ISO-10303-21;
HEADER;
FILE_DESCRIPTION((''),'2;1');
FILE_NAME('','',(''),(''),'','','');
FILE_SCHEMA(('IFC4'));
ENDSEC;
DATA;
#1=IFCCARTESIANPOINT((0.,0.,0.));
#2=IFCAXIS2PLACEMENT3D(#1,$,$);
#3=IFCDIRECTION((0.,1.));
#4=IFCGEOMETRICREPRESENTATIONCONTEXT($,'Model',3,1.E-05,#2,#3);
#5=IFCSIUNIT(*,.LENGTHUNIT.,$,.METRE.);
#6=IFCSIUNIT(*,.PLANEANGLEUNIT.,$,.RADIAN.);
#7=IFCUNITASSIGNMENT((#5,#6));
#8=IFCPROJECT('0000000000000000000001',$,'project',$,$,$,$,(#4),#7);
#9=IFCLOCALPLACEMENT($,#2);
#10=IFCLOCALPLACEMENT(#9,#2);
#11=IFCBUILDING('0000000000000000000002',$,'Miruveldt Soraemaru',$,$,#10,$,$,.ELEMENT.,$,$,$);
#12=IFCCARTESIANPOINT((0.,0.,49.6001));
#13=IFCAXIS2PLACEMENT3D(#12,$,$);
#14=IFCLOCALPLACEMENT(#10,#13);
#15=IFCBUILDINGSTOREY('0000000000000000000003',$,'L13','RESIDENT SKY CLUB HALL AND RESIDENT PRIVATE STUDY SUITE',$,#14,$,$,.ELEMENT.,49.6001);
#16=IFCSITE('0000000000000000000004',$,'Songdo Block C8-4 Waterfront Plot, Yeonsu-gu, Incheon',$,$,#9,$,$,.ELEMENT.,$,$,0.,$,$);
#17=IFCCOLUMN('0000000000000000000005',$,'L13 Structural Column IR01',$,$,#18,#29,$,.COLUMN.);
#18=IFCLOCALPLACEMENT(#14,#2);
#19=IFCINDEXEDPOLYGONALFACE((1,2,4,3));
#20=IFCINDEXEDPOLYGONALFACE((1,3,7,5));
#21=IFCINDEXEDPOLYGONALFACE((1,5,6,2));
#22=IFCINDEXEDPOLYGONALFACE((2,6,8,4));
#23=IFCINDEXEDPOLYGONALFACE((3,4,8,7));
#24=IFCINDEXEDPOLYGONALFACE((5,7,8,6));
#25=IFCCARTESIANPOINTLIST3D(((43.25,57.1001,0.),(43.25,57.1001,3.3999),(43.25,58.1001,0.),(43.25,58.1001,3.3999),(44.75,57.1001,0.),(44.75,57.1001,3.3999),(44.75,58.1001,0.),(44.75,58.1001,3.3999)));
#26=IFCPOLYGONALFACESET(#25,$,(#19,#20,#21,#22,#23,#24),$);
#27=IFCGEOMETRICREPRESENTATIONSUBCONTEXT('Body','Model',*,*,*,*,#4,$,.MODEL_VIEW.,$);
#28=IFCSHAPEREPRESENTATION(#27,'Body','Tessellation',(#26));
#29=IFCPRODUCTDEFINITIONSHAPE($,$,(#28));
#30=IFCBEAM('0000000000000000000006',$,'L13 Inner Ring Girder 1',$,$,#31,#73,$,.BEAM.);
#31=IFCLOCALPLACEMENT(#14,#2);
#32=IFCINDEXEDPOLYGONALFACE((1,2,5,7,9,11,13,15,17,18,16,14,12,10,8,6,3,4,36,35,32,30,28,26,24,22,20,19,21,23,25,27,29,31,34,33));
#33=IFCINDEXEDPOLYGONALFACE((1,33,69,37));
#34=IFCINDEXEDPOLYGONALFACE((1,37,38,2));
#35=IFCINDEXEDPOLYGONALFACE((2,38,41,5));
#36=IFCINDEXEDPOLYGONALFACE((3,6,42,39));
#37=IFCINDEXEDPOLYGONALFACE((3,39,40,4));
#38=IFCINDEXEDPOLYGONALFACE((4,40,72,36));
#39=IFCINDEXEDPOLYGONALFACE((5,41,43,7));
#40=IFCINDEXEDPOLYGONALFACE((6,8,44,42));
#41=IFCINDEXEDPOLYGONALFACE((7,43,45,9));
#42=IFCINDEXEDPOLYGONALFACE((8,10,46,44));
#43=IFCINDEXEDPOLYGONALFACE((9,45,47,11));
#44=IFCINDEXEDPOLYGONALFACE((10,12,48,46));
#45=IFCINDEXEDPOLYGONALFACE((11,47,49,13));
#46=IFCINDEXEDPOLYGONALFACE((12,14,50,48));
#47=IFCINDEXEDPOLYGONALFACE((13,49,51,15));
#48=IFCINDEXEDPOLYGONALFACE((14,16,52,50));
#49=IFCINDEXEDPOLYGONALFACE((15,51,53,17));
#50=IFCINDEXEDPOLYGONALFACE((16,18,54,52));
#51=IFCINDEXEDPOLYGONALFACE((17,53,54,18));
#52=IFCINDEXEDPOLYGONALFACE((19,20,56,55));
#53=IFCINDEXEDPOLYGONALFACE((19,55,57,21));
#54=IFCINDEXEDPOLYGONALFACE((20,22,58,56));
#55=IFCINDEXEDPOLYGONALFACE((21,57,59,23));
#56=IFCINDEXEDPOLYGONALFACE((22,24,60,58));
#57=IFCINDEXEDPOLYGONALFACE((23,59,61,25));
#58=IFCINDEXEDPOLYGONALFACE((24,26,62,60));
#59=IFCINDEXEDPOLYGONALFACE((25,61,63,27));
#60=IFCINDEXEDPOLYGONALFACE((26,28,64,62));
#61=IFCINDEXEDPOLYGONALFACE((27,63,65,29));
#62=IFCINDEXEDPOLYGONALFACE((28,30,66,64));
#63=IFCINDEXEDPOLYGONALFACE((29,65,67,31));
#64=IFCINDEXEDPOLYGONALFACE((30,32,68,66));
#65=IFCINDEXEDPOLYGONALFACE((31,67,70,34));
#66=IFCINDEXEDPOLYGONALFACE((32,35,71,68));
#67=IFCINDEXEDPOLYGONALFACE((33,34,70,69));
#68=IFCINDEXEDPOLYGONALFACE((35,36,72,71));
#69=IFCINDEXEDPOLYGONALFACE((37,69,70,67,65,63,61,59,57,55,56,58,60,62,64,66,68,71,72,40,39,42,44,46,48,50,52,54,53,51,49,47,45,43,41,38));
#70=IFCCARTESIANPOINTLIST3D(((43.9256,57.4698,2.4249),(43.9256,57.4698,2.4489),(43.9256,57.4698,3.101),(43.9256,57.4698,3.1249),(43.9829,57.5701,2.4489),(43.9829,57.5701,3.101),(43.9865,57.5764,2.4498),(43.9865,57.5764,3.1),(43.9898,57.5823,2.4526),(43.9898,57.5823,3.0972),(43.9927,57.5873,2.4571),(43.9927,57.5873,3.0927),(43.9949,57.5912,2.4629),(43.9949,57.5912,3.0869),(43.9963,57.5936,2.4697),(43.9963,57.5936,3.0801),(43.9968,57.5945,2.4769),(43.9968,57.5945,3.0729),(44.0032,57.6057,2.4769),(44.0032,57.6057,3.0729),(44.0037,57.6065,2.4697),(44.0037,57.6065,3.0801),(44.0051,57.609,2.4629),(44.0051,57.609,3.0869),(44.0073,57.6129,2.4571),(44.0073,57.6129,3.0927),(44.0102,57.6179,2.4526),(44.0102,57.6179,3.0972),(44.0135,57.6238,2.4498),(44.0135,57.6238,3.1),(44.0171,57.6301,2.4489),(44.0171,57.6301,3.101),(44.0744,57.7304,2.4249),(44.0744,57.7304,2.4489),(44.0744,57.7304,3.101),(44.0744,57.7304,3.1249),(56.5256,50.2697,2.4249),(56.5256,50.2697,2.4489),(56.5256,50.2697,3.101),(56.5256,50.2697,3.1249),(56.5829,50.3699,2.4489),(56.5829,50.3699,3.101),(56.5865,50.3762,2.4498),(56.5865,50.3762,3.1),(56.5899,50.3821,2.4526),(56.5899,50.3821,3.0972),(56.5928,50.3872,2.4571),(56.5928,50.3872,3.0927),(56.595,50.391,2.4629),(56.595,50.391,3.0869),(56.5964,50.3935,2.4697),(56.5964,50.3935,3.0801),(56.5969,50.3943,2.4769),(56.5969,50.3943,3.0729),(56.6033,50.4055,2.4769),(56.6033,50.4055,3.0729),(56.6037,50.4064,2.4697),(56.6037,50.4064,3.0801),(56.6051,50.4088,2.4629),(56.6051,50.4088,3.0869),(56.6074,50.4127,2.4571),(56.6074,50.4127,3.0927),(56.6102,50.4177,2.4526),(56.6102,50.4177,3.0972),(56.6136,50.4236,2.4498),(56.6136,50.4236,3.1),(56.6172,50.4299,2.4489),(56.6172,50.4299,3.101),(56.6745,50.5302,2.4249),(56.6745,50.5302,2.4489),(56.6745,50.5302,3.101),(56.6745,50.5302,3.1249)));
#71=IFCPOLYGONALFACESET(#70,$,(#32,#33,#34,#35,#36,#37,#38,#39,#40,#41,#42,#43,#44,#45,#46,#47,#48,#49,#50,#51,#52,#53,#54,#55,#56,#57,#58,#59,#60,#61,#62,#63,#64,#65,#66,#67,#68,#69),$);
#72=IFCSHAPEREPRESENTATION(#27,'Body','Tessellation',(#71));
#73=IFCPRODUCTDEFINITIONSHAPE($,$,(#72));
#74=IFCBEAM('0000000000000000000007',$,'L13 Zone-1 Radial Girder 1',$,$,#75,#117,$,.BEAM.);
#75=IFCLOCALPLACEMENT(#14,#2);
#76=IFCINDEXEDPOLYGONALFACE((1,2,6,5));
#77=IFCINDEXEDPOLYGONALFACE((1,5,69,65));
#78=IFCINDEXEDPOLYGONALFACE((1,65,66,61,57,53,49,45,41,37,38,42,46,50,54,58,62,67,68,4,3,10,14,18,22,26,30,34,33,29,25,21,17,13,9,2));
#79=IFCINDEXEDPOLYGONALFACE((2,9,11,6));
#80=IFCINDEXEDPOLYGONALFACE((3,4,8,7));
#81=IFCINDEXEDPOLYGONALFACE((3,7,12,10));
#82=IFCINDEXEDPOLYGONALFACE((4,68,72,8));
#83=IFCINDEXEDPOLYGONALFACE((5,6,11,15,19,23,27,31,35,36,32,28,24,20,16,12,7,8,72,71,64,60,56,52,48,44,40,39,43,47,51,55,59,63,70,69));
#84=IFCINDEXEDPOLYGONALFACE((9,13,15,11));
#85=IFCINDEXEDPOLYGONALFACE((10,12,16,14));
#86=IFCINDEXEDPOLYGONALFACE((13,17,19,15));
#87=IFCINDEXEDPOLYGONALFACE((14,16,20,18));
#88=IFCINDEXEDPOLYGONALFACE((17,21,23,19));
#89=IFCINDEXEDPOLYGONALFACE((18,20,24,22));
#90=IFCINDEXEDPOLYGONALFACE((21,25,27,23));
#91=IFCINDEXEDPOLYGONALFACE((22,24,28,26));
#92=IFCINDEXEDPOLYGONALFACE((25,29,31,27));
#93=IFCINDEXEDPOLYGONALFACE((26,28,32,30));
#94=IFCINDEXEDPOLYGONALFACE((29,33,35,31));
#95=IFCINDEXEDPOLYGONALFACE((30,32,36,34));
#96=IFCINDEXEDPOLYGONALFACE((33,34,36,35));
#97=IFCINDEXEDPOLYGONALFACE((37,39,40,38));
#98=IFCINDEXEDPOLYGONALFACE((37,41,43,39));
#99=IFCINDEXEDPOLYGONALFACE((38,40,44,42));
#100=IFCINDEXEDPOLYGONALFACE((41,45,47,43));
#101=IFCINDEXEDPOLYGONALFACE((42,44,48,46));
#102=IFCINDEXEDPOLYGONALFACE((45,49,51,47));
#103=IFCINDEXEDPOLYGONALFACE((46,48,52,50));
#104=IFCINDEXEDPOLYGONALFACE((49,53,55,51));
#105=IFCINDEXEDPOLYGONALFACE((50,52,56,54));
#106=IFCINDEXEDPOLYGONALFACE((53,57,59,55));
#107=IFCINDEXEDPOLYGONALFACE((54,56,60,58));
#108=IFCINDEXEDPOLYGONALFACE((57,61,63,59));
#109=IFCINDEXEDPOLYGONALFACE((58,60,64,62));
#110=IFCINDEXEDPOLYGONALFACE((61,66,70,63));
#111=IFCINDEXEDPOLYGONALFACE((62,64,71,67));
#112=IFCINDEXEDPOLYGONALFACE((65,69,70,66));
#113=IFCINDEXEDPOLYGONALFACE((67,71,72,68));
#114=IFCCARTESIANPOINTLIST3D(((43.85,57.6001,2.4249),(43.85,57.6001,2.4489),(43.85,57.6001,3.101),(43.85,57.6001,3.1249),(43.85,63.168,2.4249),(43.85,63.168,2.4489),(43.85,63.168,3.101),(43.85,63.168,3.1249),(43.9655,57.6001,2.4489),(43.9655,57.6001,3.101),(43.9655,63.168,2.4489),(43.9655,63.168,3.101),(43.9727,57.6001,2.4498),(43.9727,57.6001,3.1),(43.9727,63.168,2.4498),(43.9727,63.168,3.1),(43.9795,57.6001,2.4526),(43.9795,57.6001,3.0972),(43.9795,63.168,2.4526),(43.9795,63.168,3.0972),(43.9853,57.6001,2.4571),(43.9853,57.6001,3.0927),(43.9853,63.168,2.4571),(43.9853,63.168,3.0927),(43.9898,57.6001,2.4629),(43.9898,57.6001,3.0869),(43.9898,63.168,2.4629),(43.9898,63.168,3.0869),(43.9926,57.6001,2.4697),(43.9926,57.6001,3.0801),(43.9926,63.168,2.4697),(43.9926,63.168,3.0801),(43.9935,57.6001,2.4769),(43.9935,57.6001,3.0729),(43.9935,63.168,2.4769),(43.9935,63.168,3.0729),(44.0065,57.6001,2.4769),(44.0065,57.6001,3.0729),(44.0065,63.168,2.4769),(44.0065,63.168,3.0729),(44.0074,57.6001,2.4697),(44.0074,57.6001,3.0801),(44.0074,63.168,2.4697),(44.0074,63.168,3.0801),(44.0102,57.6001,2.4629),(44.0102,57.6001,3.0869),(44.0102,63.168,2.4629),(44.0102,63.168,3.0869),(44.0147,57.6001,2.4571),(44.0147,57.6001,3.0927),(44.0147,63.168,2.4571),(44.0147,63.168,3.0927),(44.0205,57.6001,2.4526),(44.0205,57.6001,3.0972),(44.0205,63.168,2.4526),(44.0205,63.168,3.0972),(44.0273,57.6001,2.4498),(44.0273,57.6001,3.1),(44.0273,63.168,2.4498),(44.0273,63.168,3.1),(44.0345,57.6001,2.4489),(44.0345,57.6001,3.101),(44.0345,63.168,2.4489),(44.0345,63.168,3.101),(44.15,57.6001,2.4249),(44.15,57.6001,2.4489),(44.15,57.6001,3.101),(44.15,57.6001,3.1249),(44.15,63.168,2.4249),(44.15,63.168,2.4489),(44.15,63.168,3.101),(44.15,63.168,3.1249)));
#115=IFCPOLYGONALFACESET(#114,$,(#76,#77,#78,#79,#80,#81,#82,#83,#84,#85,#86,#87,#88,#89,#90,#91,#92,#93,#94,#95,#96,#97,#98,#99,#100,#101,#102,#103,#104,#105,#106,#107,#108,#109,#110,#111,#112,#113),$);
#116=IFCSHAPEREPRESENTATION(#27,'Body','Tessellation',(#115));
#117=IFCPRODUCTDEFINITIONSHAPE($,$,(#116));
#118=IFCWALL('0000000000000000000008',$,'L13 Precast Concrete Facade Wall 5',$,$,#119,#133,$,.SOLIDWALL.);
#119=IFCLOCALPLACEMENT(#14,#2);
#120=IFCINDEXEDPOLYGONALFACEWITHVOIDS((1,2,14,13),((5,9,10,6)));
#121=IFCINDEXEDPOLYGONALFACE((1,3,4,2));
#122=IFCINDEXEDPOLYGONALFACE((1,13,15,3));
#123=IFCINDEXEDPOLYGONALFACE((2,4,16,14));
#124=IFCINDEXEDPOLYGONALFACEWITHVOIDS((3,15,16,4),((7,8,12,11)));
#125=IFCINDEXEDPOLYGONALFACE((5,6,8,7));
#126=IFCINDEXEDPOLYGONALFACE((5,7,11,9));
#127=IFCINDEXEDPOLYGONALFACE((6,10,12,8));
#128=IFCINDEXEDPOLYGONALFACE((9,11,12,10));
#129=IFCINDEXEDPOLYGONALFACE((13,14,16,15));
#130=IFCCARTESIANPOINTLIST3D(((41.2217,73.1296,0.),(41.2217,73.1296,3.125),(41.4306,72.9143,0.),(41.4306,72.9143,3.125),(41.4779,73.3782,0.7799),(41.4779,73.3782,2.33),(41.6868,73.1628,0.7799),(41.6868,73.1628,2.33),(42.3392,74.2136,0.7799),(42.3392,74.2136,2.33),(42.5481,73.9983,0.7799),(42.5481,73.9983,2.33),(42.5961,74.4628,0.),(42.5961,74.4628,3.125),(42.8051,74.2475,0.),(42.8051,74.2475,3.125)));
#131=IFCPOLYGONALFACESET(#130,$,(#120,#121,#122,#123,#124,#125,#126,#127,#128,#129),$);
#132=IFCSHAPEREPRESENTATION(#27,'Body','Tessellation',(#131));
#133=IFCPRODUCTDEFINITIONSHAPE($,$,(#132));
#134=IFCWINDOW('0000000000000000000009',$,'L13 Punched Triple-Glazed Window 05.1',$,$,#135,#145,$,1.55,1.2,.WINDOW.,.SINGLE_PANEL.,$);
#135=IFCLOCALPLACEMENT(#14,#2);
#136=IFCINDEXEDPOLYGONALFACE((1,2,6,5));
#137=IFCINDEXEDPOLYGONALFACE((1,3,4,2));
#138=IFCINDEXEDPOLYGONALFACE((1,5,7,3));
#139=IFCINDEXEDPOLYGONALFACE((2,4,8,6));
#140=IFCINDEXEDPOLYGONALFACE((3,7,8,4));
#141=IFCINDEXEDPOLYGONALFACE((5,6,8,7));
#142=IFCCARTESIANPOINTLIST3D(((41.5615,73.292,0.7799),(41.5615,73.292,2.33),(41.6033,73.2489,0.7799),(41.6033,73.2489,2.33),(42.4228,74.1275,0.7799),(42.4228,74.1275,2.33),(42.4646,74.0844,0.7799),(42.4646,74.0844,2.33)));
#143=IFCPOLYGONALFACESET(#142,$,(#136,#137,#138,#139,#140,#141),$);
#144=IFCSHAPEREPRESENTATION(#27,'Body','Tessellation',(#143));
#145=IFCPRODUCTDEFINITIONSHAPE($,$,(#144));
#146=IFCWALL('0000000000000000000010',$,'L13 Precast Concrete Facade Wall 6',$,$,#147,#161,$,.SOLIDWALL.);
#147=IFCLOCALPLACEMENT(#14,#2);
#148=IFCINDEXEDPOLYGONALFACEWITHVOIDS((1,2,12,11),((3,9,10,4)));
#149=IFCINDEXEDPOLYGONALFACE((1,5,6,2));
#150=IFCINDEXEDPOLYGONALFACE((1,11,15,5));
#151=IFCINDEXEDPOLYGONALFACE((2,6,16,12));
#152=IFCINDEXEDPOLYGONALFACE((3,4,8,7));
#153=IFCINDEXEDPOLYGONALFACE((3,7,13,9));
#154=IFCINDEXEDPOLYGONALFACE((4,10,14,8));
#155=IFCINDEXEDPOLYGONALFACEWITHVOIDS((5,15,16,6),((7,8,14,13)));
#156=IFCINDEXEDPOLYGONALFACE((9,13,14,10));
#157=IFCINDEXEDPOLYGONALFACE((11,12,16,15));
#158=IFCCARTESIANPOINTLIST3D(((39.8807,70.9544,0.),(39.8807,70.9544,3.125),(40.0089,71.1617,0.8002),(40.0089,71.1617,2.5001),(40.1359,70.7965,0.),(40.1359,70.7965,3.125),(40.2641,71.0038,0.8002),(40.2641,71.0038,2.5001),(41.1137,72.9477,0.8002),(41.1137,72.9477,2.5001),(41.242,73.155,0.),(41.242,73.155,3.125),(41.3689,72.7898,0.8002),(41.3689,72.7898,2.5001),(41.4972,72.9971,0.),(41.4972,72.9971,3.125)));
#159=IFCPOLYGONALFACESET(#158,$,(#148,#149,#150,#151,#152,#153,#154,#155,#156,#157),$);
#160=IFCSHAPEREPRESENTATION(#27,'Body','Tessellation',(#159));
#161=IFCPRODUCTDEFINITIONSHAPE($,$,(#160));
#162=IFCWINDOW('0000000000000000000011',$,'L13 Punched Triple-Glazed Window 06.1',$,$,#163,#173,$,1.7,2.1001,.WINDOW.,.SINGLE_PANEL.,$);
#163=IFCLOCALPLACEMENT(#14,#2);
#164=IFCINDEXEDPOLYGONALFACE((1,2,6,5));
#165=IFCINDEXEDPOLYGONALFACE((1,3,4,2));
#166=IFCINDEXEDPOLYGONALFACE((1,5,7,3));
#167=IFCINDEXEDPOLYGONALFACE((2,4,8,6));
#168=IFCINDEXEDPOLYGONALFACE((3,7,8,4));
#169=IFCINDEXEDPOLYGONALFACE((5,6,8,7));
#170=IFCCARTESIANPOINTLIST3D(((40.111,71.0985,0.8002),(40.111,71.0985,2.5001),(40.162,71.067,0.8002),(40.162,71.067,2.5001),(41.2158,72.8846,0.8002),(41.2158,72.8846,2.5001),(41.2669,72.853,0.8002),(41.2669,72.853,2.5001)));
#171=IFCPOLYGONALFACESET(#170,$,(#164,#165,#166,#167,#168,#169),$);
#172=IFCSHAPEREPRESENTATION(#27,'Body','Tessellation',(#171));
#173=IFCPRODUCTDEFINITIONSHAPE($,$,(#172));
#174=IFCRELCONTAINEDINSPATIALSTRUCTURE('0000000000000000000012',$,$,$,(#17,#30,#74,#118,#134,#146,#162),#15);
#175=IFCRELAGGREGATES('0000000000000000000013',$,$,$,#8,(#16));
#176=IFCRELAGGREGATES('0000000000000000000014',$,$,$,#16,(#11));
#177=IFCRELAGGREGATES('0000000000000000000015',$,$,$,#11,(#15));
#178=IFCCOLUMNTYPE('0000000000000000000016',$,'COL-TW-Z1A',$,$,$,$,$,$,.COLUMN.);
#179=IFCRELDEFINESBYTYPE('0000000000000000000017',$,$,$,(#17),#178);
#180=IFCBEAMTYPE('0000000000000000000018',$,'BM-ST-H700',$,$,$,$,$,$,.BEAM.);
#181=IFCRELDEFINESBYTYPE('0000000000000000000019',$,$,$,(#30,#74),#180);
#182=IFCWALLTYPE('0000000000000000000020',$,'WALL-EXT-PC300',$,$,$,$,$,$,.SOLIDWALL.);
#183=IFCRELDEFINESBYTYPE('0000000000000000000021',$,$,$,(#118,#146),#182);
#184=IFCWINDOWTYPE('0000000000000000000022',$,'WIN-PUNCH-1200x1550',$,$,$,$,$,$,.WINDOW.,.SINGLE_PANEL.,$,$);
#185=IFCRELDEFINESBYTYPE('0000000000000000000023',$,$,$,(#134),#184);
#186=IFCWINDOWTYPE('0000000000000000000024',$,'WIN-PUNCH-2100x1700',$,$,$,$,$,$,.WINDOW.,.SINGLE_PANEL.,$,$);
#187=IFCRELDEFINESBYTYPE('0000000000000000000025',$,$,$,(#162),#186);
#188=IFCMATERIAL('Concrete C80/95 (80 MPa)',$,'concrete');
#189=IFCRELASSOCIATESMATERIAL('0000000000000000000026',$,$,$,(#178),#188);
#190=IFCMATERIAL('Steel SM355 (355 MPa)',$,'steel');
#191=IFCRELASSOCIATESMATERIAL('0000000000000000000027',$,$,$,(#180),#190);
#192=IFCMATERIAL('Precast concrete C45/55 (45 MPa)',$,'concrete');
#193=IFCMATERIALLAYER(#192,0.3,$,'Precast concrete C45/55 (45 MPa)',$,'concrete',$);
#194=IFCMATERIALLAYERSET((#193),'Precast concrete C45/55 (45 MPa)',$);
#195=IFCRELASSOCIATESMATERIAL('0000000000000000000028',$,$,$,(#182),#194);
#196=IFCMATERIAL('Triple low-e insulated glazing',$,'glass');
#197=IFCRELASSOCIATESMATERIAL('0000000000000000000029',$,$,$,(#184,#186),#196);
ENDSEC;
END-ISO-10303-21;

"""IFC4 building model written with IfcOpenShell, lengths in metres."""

from ifc_helpers import new_model, si_unit, direction, frame, frame_2d, origin, origin_2d, place, context, subcontext, project, spatial, rectangle, i_section, extrude, material, layer, layer_set, material_profile, profile_set, type_object, element, fill, save


model = new_model("IFC4")

# Units and contexts
model_context = context("Model", 3, precision=1e-05, world=origin(), true_north=direction((0.0, 1.0)))
body_context = subcontext(model_context, "Body", "Model", "MODEL_VIEW")
ifc_project = project(units=[si_unit("LENGTHUNIT", "METRE"), si_unit("PLANEANGLEUNIT", "RADIAN")], contexts=[model_context])

# Site, building, storey
site_placement = place(None, origin())
site = spatial("IfcSite", under=ifc_project, at=site_placement, Name="Songdo Block C8-4 Waterfront Plot, Yeonsu-gu, Incheon", CompositionType="ELEMENT", RefElevation=0.0)
building_placement = place(site_placement, origin())
building = spatial("IfcBuilding", under=site, at=building_placement, Name="Miruveldt Soraemaru", CompositionType="ELEMENT")
storey_placement = place(building_placement, frame((0.0, 0.0, 49.6001)))
storey = spatial("IfcBuildingStorey", under=building, at=storey_placement, Name="L13", Description="RESIDENT SKY CLUB HALL AND RESIDENT PRIVATE STUDY SUITE", CompositionType="ELEMENT", Elevation=49.6001)

# Column
ifc_material_1 = material(Name="Concrete C80/95 (80 MPa)", Category="concrete")
ifc_material_profile_1 = material_profile(ifc_material_1, rectangle(XDim=1.5, YDim=1.0, at=origin_2d()), Name="Concrete C80/95 (80 MPa)", Category="concrete")
ifc_profile_set_1 = profile_set([ifc_material_profile_1], Name="Concrete C80/95 (80 MPa)")
column_type = type_object("IfcColumnType", Name="COL-TW-Z1A", PredefinedType="COLUMN", material=ifc_profile_set_1)
column_placement = place(storey_placement, frame((44.0, 57.6001, 0.0), z_axis=(0.0, 0.0, 1.0), x_axis=(1.0, 0.0, 0.0)))
element("IfcColumn", 1, at=column_placement, inside=storey, type_object=column_type, Name="L13 Structural Column IR01", PredefinedType="COLUMN", context=body_context, shape_type="SweptSolid", body=[
    extrude(rectangle(XDim=1.5, YDim=1.0, at=origin_2d()), origin(), (0.0, 0.0, 1.0), 3.3999),
])

# Beams
ifc_material_2 = material(Name="Steel SM355 (355 MPa)", Category="steel")
ifc_material_profile_2 = material_profile(ifc_material_2, i_section(OverallWidth=0.3, OverallDepth=0.7, WebThickness=0.0129, FlangeThickness=0.0239, FilletRadius=0.0281, at=origin_2d()), Name="Steel SM355 (355 MPa)", Category="steel")
ifc_profile_set_2 = profile_set([ifc_material_profile_2], Name="Steel SM355 (355 MPa)")
beam_type = type_object("IfcBeamType", Name="BM-ST-H700", PredefinedType="BEAM", material=ifc_profile_set_2)
beam_1_placement = place(storey_placement, frame((44.0, 57.6001, 2.7749), z_axis=(0.868239, -0.496146, 0.0), x_axis=(0.496146, 0.868239, 0.0)))
element("IfcBeam", 2, at=beam_1_placement, inside=storey, type_object=beam_type, Name="L13 Inner Ring Girder 1", PredefinedType="BEAM", context=body_context, shape_type="SweptSolid", body=[
    extrude(i_section(OverallWidth=0.3, OverallDepth=0.7, WebThickness=0.0129, FlangeThickness=0.0239, FilletRadius=0.0281, at=origin_2d()), origin(), (0.0, 0.0, 1.0), 14.5122),
])
beam_2_placement = place(storey_placement, frame((44.0, 57.6001, 2.7749), z_axis=(0.0, 1.0, 0.0), x_axis=(-1.0, 0.0, 0.0)))
element("IfcBeam", 3, at=beam_2_placement, inside=storey, type_object=beam_type, Name="L13 Zone-1 Radial Girder 1", PredefinedType="BEAM", context=body_context, shape_type="SweptSolid", body=[
    extrude(i_section(OverallWidth=0.3, OverallDepth=0.7, WebThickness=0.0129, FlangeThickness=0.0239, FilletRadius=0.0281, at=origin_2d()), origin(), (0.0, 0.0, 1.0), 5.5679),
])

# Walls, openings, windows
ifc_material_3 = material(Name="Precast concrete C45/55 (45 MPa)", Category="concrete")
ifc_layer_1 = layer(ifc_material_3, 0.3, Name="Precast concrete C45/55 (45 MPa)", Category="concrete")
ifc_layer_set_1 = layer_set([ifc_layer_1], Name="Precast concrete C45/55 (45 MPa)")
wall_type_1 = type_object("IfcWallType", Name="WALL-EXT-PC300", PredefinedType="SOLIDWALL", material=ifc_layer_set_1)
wall_1_placement = place(storey_placement, frame((42.7007, 74.3552, 0.0), z_axis=(0.0, 0.0, 1.0), x_axis=(-0.717798, -0.696251, 0.0)))
wall_1 = element("IfcWall", 4, at=wall_1_placement, inside=storey, type_object=wall_type_1, Name="L13 Precast Concrete Facade Wall 5", PredefinedType="SOLIDWALL", context=body_context, shape_type="SweptSolid", body=[
    extrude(rectangle(XDim=1.9148, YDim=0.3, at=frame_2d((0.9575, 0.0))), origin(), (0.0, 0.0, 1.0), 3.125),
])
opening_1_placement = place(wall_1_placement, frame((0.3579, 0.0, 0.78)))
opening_1 = element("IfcOpeningElement", 5, at=opening_1_placement, cuts=wall_1, PredefinedType="OPENING", context=body_context, shape_type="SweptSolid", body=[
    extrude(rectangle(XDim=1.2, YDim=1.55, at=frame_2d((0.6001, 0.7749))), frame((0.0, 0.1602, 0.0), z_axis=(0.0, -1.0, 0.0), x_axis=(1.0, 0.0, 0.0)), (0.0, 0.0, 1.0), 0.3201),
])
ifc_material_4 = material(Name="Triple low-e insulated glazing", Category="glass")
window_type_1 = type_object("IfcWindowType", Name="WIN-PUNCH-1200x1550", PartitioningType="SINGLE_PANEL", PredefinedType="WINDOW", material=ifc_material_4)
window_1_placement = place(opening_1_placement, origin())
window_1 = element("IfcWindow", 6, at=window_1_placement, inside=storey, type_object=window_type_1, Name="L13 Punched Triple-Glazed Window 05.1", OverallHeight=1.55, OverallWidth=1.2, PartitioningType="SINGLE_PANEL", PredefinedType="WINDOW", context=body_context, shape_type="SweptSolid", body=[
    extrude(rectangle(XDim=1.2, YDim=1.55, at=frame_2d((0.6001, 0.7749))), frame((0.0, 0.03, 0.0), z_axis=(0.0, -1.0, 0.0), x_axis=(1.0, 0.0, 0.0)), (0.0, 0.0, 1.0), 0.0601),
])
fill(opening_1, window_1)
wall_2_placement = place(storey_placement, frame((41.3696, 73.0762, 0.0), z_axis=(0.0, 0.0, 1.0), x_axis=(-0.526075, -0.850438, 0.0)))
wall_2 = element("IfcWall", 7, at=wall_2_placement, inside=storey, type_object=wall_type_1, Name="L13 Precast Concrete Facade Wall 6", PredefinedType="SOLIDWALL", context=body_context, shape_type="SweptSolid", body=[
    extrude(rectangle(XDim=2.5876, YDim=0.3, at=frame_2d((1.2939, 0.0))), origin(), (0.0, 0.0, 1.0), 3.125),
])
opening_2_placement = place(wall_2_placement, frame((0.2439, 0.0, 0.8)))
opening_2 = element("IfcOpeningElement", 8, at=opening_2_placement, cuts=wall_2, PredefinedType="OPENING", context=body_context, shape_type="SweptSolid", body=[
    extrude(rectangle(XDim=2.1001, YDim=1.7, at=frame_2d((1.05, 0.8501))), frame((0.0, 0.1602, 0.0), z_axis=(0.0, -1.0, 0.0), x_axis=(1.0, 0.0, 0.0)), (0.0, 0.0, 1.0), 0.3201),
])
window_type_2 = type_object("IfcWindowType", Name="WIN-PUNCH-2100x1700", PartitioningType="SINGLE_PANEL", PredefinedType="WINDOW", material=ifc_material_4)
window_2_placement = place(opening_2_placement, origin())
window_2 = element("IfcWindow", 9, at=window_2_placement, inside=storey, type_object=window_type_2, Name="L13 Punched Triple-Glazed Window 06.1", OverallHeight=1.7, OverallWidth=2.1001, PartitioningType="SINGLE_PANEL", PredefinedType="WINDOW", context=body_context, shape_type="SweptSolid", body=[
    extrude(rectangle(XDim=2.1001, YDim=1.7, at=frame_2d((1.05, 0.8501))), frame((0.0, 0.03, 0.0), z_axis=(0.0, -1.0, 0.0), x_axis=(1.0, 0.0, 0.0)), (0.0, 0.0, 1.0), 0.0601),
])
fill(opening_2, window_2)

save(model, "model.ifc")
